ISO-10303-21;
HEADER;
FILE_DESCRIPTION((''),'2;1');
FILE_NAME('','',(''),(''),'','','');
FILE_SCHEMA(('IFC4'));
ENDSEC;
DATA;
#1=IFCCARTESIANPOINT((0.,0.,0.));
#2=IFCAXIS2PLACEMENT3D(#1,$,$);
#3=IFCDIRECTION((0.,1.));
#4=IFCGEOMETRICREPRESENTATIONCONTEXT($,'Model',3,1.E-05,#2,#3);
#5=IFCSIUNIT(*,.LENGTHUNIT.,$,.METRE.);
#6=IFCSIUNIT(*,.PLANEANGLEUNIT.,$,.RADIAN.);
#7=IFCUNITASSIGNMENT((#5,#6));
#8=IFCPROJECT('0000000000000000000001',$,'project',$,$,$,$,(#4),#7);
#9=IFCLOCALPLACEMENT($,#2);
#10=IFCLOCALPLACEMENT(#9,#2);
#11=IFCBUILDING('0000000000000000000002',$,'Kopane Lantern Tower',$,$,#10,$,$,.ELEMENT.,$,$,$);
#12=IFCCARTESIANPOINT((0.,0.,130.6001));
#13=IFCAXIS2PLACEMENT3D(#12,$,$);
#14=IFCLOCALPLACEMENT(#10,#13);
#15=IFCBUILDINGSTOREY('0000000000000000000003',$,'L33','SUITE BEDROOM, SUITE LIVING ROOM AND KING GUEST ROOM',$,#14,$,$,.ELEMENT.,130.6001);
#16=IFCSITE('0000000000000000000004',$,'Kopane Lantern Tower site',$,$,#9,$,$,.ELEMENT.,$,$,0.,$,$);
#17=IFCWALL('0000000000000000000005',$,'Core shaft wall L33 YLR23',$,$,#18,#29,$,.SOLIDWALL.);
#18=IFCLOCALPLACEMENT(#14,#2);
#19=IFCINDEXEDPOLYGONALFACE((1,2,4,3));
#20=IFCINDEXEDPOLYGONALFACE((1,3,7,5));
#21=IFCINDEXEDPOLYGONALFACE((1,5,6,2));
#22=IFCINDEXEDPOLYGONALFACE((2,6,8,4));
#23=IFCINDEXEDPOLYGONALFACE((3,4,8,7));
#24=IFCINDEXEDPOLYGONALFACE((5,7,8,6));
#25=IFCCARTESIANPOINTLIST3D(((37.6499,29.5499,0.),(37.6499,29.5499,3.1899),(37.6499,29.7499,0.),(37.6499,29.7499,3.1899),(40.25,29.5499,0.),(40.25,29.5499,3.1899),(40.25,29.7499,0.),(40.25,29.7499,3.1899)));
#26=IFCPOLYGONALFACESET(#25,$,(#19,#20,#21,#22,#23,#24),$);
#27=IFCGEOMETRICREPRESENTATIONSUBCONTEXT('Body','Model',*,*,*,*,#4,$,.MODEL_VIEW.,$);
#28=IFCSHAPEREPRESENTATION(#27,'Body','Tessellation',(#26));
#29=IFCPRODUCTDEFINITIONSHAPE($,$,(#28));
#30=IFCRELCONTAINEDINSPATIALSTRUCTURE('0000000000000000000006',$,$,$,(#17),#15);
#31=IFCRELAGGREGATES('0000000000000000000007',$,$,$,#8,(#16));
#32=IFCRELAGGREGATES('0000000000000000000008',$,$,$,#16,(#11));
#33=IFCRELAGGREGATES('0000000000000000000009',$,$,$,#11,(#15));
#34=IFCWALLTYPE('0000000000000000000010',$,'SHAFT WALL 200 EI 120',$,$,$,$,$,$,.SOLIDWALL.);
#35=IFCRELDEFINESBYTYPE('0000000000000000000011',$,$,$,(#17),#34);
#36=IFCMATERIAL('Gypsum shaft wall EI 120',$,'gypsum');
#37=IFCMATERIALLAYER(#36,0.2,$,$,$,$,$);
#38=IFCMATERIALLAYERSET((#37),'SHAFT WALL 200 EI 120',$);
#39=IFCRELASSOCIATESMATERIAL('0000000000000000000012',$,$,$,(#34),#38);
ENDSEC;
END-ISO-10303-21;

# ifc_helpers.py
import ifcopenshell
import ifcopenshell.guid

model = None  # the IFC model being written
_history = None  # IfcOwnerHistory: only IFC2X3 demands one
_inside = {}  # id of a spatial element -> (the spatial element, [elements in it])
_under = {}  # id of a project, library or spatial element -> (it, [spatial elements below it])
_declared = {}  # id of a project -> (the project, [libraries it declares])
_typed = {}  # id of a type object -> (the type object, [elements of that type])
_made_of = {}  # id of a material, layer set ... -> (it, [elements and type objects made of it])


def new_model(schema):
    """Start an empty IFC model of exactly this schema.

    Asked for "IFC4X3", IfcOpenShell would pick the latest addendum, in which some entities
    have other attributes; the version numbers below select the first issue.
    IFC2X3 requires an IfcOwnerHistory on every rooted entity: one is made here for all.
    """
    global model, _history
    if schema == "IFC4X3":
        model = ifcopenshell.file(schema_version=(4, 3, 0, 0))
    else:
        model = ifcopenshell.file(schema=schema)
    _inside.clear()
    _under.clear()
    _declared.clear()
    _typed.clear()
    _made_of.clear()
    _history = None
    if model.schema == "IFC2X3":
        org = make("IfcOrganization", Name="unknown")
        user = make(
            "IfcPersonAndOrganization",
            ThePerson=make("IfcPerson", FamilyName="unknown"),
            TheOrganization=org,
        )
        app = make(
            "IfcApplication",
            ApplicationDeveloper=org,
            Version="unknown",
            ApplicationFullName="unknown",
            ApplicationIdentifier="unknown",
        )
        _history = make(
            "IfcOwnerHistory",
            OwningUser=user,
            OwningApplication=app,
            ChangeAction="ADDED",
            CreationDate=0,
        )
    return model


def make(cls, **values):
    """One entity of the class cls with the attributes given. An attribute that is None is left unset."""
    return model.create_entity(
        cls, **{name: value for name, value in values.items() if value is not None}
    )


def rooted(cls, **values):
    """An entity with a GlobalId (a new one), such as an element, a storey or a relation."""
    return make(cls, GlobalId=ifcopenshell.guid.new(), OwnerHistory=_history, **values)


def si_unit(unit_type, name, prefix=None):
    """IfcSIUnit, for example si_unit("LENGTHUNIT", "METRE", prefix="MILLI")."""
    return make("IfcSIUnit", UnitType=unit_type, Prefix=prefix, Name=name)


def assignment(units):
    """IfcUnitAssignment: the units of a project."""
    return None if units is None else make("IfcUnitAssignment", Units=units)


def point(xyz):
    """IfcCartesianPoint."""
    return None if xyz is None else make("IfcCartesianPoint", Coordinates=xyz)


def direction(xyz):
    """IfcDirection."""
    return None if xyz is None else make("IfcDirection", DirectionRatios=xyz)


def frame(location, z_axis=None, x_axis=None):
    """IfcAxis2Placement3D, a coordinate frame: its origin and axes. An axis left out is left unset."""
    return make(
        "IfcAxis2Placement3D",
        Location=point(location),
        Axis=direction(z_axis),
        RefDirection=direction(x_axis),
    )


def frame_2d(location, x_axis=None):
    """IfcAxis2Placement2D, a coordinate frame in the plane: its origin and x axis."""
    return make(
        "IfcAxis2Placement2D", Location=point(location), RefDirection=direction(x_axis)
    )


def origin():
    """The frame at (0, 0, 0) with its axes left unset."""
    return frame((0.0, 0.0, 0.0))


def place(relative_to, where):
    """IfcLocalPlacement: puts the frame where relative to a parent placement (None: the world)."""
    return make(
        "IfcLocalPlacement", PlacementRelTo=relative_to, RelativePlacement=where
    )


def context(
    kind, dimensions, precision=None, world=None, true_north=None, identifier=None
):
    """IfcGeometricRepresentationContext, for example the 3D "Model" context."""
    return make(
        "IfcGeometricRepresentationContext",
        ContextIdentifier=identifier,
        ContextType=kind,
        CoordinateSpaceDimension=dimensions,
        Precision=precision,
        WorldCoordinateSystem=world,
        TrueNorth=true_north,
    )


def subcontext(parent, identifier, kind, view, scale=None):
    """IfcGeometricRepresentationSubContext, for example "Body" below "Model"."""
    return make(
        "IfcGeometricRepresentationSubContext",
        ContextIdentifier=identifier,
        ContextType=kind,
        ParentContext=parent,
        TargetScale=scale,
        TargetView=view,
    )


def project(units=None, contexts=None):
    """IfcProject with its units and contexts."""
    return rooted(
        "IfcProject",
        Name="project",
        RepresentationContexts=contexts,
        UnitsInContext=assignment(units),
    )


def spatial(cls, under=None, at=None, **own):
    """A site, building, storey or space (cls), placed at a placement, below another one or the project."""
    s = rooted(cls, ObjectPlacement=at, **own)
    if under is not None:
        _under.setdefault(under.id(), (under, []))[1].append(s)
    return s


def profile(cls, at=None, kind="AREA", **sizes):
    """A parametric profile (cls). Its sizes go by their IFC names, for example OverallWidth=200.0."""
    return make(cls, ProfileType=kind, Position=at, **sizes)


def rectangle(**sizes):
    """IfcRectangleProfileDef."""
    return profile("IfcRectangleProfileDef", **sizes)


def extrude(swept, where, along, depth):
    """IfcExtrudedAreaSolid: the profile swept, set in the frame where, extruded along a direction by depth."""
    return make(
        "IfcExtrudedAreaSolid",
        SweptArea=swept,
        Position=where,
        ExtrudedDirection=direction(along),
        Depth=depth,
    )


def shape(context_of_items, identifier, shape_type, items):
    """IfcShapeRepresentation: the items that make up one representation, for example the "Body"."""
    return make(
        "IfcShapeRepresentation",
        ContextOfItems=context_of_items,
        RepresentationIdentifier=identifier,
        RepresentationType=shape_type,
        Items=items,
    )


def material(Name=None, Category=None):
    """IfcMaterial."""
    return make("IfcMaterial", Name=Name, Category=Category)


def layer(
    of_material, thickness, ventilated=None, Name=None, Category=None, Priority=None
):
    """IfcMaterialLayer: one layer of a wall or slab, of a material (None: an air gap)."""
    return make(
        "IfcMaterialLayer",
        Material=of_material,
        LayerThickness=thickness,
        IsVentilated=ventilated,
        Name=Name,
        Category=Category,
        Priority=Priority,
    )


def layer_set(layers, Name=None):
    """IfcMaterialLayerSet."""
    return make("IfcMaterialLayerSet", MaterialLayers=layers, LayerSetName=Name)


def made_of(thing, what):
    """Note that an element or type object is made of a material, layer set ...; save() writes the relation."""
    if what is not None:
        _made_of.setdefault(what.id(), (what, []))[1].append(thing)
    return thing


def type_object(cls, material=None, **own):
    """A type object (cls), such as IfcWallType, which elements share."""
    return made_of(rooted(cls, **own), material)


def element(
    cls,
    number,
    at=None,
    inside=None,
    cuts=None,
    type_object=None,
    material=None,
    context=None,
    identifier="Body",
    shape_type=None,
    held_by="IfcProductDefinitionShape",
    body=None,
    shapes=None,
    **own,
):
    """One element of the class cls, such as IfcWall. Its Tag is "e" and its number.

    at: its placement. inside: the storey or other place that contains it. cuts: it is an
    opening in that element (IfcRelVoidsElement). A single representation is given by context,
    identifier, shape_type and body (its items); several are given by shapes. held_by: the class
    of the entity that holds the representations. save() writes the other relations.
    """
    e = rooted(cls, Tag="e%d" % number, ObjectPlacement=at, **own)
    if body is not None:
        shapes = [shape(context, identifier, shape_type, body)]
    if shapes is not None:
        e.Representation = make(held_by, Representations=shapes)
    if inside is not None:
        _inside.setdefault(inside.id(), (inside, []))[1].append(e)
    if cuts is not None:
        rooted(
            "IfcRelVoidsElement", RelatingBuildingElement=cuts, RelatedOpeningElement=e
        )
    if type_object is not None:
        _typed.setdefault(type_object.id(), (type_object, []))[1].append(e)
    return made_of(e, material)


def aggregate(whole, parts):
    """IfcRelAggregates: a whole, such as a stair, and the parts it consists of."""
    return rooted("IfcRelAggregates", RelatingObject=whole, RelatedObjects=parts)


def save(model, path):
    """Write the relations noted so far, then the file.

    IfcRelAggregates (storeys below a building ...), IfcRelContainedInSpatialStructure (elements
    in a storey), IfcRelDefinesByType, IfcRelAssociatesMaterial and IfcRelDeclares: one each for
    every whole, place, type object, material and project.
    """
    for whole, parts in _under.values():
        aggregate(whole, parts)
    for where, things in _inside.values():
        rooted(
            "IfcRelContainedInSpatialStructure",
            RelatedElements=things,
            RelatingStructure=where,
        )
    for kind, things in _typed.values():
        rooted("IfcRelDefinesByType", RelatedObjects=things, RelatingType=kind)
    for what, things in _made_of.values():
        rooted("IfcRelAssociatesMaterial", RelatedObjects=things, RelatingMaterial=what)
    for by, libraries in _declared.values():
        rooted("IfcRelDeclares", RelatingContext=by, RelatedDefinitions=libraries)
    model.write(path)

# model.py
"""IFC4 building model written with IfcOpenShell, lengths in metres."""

from ifc_helpers import new_model, si_unit, direction, frame, frame_2d, origin, place, context, subcontext, project, spatial, rectangle, extrude, material, layer, layer_set, type_object, element, save


model = new_model("IFC4")

# Units and contexts
model_context = context("Model", 3, precision=1e-05, world=origin(), true_north=direction((0.0, 1.0)))
body_context = subcontext(model_context, "Body", "Model", "MODEL_VIEW")
ifc_project = project(units=[si_unit("LENGTHUNIT", "METRE"), si_unit("PLANEANGLEUNIT", "RADIAN")], contexts=[model_context])

# Site, building, storey
site_placement = place(None, origin())
site = spatial("IfcSite", under=ifc_project, at=site_placement, Name="Kopane Lantern Tower site", CompositionType="ELEMENT", RefElevation=0.0)
building_placement = place(site_placement, origin())
building = spatial("IfcBuilding", under=site, at=building_placement, Name="Kopane Lantern Tower", CompositionType="ELEMENT")
storey_placement = place(building_placement, frame((0.0, 0.0, 130.6001)))
storey = spatial("IfcBuildingStorey", under=building, at=storey_placement, Name="L33", Description="SUITE BEDROOM, SUITE LIVING ROOM AND KING GUEST ROOM", CompositionType="ELEMENT", Elevation=130.6001)

# Wall
ifc_material_1 = material(Name="Gypsum shaft wall EI 120", Category="gypsum")
ifc_layer_1 = layer(ifc_material_1, 0.2)
ifc_layer_set_1 = layer_set([ifc_layer_1], Name="SHAFT WALL 200 EI 120")
wall_type_1 = type_object("IfcWallType", Name="SHAFT WALL 200 EI 120", PredefinedType="SOLIDWALL", material=ifc_layer_set_1)
for number, where, z_axis, x_axis, name in (
    (1, (37.6499, 29.6499, 0.0), (0.0, 0.0, 1.0), (1.0, 0.0, 0.0), "Core shaft wall L33 YLR23"),
):
    element("IfcWall", number, at=place(storey_placement, frame(where, z_axis=z_axis, x_axis=x_axis)), inside=storey, type_object=wall_type_1, Name=name, PredefinedType="SOLIDWALL", context=body_context, shape_type="SweptSolid", body=[
        extrude(rectangle(XDim=2.6001, YDim=0.2, at=frame_2d((1.3, 0.0))), origin(), (0.0, 0.0, 1.0), 3.1899),
    ])

save(model, "model.ifc")
